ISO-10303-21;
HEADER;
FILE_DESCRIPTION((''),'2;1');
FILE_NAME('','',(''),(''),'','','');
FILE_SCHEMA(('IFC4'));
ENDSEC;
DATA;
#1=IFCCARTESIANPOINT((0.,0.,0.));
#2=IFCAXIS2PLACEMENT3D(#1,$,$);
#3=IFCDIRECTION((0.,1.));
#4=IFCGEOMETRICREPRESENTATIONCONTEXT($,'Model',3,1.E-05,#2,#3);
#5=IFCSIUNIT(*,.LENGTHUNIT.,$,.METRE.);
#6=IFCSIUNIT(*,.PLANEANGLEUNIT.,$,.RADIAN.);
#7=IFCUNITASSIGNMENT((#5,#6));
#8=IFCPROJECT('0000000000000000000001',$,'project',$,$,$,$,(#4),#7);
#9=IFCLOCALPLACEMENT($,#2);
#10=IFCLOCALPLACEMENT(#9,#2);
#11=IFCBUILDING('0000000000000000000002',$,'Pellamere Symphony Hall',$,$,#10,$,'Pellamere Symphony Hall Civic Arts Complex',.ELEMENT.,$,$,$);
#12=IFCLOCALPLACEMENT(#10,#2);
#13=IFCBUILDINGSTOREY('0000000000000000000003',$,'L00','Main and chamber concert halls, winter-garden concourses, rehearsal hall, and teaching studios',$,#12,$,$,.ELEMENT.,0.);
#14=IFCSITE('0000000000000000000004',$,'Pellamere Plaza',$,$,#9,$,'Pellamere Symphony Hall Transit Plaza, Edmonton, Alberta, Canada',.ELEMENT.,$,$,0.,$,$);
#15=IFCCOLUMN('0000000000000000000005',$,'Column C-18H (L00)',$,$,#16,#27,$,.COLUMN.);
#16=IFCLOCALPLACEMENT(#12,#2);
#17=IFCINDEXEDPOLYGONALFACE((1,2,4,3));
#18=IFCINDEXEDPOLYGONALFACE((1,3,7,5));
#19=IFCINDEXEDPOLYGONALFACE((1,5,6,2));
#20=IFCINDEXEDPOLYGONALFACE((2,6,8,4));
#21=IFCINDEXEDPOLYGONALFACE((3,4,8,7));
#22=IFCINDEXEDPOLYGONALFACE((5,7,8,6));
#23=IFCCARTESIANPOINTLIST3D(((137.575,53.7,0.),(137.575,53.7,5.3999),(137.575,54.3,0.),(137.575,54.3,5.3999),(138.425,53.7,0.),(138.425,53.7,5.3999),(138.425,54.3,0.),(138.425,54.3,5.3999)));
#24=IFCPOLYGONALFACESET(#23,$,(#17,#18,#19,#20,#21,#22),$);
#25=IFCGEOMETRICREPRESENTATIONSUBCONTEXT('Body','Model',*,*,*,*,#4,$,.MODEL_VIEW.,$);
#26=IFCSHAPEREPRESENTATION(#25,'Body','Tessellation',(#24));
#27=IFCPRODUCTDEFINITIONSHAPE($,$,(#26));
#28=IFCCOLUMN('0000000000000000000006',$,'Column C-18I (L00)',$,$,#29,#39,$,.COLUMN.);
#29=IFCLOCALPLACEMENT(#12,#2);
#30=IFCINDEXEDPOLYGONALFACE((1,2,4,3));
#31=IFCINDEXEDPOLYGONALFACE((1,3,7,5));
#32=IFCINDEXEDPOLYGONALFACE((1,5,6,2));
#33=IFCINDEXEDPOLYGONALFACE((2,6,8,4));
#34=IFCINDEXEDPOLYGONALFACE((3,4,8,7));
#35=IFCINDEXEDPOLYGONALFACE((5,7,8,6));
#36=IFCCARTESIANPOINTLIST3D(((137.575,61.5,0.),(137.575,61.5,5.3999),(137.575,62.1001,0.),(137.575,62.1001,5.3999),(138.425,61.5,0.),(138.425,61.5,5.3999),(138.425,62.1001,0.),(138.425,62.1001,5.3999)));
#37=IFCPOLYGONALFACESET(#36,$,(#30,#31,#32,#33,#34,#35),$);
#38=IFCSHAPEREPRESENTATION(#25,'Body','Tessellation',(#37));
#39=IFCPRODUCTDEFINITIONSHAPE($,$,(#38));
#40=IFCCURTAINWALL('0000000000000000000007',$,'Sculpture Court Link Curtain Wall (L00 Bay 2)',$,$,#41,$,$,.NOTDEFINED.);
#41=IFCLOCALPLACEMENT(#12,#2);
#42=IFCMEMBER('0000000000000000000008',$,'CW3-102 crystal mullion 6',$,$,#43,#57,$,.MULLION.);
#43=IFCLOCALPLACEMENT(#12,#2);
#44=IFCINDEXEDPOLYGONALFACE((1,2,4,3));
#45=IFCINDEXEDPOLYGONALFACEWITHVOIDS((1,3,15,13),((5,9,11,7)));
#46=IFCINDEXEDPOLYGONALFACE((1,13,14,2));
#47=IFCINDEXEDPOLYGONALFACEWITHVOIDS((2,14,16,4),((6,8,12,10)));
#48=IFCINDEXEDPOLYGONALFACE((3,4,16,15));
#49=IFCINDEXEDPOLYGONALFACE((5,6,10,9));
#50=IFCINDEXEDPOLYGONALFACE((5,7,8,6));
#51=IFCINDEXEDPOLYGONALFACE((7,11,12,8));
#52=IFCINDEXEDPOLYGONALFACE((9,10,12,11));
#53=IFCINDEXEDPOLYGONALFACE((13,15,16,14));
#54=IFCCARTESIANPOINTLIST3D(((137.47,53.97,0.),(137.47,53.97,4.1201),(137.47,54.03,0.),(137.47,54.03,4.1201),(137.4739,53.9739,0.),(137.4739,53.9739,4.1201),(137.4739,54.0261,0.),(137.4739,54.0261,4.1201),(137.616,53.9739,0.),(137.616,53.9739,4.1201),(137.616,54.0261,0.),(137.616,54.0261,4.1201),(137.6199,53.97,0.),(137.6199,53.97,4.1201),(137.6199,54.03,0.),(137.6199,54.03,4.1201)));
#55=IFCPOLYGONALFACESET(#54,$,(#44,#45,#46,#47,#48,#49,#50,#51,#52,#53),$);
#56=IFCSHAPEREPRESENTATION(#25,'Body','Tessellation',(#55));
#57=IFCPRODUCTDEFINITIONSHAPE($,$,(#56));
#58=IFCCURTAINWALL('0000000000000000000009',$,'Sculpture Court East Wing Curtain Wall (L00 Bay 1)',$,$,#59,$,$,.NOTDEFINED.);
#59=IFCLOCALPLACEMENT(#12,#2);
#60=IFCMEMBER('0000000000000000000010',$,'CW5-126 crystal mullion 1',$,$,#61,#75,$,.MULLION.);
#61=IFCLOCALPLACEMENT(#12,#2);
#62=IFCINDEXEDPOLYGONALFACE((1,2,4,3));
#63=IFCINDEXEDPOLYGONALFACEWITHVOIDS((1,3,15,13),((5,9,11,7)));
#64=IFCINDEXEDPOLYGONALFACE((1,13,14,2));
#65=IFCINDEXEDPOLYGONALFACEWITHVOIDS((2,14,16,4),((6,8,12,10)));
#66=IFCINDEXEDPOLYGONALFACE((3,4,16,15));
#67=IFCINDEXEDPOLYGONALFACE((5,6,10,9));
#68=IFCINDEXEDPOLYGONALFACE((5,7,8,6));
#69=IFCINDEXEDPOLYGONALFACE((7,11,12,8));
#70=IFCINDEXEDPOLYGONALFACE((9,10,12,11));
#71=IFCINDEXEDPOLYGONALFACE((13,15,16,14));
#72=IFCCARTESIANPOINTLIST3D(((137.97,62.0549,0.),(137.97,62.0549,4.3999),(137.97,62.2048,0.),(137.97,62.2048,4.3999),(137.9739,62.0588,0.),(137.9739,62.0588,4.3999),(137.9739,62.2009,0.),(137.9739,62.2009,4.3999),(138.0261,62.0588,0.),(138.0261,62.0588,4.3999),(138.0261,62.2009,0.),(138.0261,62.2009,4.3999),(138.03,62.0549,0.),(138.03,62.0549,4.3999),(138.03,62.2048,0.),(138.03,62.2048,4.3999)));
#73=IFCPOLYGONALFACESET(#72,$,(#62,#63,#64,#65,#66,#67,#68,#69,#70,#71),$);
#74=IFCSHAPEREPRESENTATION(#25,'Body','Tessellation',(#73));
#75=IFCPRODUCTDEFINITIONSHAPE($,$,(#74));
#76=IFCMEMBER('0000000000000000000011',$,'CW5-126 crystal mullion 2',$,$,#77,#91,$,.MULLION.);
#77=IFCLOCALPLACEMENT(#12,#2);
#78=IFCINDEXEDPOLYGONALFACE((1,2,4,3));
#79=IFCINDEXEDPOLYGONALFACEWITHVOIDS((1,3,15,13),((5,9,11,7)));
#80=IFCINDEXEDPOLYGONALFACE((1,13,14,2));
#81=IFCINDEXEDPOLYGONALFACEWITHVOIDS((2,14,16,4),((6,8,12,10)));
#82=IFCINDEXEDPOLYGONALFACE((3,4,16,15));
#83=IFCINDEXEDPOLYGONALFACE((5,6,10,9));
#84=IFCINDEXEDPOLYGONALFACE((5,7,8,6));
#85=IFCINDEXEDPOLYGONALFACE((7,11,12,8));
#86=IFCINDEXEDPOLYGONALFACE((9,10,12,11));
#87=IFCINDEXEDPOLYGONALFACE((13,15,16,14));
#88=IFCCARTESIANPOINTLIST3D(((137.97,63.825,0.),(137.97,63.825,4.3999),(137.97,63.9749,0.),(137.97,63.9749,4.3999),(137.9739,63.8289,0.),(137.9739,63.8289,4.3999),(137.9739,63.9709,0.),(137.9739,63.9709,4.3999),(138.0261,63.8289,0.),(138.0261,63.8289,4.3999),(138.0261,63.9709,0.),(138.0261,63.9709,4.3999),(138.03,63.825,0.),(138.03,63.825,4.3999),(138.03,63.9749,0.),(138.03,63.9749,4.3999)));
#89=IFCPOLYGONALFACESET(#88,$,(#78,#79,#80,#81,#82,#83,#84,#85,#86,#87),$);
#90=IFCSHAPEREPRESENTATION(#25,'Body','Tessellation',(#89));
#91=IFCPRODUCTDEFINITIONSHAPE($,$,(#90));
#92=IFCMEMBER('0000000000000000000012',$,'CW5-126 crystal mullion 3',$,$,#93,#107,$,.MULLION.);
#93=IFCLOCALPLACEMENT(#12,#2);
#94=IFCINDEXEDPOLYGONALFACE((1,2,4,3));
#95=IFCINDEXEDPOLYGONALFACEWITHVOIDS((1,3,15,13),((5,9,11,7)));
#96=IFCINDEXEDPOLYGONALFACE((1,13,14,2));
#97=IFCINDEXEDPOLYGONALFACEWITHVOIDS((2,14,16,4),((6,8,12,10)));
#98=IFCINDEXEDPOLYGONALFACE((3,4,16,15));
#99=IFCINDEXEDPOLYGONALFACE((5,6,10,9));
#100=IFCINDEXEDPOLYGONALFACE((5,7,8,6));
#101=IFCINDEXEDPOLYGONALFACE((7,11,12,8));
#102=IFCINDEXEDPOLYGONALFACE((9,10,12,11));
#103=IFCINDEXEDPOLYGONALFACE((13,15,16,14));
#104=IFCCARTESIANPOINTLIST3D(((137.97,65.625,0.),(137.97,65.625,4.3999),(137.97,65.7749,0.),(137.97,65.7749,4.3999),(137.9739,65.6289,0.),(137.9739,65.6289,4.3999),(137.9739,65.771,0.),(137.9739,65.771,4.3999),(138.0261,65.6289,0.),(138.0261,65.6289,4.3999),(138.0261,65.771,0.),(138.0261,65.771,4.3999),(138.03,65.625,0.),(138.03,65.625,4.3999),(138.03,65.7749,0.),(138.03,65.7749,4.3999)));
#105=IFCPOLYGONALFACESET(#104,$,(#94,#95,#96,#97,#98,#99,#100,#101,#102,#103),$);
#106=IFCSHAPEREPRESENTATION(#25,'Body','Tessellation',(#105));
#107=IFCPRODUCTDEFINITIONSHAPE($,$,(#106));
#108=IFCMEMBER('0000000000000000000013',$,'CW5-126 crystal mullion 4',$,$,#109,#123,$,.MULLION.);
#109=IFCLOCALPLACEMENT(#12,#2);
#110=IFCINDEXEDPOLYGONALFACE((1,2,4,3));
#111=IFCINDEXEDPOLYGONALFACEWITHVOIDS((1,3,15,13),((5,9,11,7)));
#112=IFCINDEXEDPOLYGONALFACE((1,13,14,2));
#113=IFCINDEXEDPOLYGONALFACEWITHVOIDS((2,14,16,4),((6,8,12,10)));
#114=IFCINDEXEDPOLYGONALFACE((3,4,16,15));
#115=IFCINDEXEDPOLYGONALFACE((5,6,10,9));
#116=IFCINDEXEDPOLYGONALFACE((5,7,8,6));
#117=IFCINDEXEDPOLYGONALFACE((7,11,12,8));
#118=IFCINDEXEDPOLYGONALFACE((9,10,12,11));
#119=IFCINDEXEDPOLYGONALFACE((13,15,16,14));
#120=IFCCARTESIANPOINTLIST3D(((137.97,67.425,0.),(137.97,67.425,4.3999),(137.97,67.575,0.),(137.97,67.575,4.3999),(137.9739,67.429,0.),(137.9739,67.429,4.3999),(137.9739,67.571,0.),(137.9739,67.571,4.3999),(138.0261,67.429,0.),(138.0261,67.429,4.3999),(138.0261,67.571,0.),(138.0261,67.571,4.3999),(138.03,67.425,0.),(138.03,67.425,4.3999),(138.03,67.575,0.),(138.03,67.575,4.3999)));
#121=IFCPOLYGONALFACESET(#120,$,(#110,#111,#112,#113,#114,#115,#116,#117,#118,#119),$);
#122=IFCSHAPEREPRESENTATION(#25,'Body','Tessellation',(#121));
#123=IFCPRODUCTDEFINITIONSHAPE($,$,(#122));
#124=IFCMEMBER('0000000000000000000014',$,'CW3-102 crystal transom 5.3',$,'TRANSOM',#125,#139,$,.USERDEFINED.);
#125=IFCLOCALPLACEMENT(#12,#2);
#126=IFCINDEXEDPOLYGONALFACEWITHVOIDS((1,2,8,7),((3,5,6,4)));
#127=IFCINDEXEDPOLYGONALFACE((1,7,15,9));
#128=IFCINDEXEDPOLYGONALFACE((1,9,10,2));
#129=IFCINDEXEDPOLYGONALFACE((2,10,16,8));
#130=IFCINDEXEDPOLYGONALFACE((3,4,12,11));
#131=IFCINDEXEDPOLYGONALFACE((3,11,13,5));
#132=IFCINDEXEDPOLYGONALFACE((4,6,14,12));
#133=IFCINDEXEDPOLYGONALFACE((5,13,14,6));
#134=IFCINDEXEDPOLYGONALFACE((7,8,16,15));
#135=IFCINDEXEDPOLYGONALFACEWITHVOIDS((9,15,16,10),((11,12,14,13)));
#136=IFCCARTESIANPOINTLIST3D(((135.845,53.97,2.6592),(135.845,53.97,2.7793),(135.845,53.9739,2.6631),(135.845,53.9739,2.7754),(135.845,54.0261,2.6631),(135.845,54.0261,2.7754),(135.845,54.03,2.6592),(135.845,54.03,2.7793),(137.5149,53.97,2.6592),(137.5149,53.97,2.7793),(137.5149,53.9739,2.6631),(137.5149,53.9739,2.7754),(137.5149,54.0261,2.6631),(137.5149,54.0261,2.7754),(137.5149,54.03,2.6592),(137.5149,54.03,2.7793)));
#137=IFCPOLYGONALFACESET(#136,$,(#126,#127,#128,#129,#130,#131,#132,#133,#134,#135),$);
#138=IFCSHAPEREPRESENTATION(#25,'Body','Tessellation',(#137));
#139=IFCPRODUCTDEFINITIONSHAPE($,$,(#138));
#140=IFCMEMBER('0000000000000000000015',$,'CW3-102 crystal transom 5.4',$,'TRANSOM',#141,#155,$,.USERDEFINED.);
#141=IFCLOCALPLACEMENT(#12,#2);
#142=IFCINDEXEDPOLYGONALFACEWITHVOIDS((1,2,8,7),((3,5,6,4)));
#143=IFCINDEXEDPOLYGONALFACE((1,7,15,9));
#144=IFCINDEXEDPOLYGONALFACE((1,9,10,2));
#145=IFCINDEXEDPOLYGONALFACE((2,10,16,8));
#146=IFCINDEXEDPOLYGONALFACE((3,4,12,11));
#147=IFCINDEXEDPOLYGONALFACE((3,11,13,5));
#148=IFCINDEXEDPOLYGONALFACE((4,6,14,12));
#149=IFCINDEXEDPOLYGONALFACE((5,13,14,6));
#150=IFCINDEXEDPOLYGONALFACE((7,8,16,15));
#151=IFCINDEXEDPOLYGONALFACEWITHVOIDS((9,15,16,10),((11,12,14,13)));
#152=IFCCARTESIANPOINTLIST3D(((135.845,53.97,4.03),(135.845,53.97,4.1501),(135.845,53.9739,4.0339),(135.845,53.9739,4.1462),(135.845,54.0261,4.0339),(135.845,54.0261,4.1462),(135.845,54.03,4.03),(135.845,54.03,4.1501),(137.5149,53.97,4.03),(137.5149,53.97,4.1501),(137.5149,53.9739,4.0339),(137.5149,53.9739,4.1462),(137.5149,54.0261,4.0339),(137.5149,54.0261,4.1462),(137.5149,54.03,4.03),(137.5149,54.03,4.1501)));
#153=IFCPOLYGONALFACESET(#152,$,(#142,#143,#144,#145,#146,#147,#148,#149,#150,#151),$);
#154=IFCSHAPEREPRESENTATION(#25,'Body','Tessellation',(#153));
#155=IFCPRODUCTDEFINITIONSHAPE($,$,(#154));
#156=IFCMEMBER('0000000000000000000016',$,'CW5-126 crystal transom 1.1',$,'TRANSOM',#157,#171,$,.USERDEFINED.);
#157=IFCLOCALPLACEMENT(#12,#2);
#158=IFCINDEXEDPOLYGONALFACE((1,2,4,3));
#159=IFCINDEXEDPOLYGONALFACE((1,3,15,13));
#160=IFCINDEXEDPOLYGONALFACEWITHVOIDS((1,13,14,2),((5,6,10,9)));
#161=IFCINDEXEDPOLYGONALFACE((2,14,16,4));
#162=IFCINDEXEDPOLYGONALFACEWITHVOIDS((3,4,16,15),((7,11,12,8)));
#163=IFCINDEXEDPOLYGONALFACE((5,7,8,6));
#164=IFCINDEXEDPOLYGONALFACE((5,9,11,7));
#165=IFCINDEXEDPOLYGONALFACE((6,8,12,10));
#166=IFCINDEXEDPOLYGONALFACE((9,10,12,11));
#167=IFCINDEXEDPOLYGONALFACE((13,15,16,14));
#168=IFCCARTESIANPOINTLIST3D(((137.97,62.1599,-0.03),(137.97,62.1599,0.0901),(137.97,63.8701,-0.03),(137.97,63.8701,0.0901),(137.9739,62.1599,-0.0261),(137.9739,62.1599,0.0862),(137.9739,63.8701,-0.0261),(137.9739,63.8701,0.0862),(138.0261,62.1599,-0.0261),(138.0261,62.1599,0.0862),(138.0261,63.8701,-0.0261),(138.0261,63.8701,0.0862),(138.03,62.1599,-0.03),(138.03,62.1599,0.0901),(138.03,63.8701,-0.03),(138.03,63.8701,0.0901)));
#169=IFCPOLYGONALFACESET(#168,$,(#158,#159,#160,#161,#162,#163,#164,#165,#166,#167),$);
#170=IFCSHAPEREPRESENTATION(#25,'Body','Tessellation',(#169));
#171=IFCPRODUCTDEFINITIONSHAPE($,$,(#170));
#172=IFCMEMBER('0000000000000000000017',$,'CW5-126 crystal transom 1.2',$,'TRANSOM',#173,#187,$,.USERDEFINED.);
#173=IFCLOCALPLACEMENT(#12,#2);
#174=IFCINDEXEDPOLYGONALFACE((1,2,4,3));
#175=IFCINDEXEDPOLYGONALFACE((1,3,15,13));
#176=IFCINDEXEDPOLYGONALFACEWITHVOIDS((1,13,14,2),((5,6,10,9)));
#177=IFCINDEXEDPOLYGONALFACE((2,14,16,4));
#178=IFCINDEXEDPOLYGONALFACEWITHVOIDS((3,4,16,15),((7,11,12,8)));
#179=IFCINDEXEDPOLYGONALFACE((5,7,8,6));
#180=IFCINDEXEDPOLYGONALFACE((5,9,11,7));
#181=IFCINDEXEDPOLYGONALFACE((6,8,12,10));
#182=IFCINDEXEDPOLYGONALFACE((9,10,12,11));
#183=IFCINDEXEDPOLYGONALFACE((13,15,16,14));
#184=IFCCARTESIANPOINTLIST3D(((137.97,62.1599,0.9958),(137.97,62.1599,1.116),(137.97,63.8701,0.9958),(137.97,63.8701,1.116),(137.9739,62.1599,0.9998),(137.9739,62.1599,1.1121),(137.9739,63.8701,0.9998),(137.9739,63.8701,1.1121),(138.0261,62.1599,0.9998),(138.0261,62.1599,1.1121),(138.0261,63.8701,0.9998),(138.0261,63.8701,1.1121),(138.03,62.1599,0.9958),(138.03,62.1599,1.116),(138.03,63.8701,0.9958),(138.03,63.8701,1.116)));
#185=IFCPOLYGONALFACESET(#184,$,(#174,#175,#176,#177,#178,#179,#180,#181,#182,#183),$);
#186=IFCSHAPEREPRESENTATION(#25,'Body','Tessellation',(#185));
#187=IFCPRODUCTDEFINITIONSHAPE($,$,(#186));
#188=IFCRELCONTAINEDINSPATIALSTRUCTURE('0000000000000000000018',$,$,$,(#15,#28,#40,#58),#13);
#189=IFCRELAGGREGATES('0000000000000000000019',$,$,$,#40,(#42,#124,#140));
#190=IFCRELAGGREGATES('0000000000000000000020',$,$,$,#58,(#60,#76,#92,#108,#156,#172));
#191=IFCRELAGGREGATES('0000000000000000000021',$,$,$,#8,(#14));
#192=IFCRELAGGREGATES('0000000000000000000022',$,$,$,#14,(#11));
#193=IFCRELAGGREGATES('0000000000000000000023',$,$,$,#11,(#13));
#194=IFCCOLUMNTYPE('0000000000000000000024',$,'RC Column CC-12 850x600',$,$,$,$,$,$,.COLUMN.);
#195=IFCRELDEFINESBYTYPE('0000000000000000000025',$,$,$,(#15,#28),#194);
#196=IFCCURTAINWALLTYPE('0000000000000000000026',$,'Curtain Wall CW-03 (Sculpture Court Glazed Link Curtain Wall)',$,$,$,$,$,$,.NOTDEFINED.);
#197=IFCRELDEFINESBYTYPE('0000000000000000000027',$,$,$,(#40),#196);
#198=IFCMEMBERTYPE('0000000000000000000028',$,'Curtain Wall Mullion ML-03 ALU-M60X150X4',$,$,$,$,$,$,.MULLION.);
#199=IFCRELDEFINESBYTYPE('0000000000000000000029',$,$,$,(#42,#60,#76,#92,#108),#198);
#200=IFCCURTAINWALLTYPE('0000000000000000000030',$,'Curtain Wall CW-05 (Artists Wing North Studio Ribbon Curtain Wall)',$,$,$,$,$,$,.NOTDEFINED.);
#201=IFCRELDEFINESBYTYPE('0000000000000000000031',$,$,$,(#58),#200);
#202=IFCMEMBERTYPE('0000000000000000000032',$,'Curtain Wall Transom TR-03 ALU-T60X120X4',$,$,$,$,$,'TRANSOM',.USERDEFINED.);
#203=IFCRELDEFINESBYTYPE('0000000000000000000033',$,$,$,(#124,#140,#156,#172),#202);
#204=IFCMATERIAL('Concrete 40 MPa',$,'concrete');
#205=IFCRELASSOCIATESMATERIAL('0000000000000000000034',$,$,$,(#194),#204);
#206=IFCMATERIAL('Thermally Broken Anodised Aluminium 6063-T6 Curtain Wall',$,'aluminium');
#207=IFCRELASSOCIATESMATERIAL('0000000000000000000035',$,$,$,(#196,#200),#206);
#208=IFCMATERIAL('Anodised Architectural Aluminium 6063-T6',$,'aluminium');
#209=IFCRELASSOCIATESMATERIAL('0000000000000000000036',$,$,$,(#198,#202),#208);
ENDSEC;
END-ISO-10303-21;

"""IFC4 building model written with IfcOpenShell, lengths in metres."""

from ifc_helpers import new_model, si_unit, direction, frame, origin, origin_2d, place, context, subcontext, project, spatial, rectangle, hollow_rectangle, extrude, material, material_profile, profile_set, type_object, element, aggregate, save


model = new_model("IFC4")

# Units and contexts
model_context = context("Model", 3, precision=1e-05, world=origin(), true_north=direction((0.0, 1.0)))
body_context = subcontext(model_context, "Body", "Model", "MODEL_VIEW")
ifc_project = project(units=[si_unit("LENGTHUNIT", "METRE"), si_unit("PLANEANGLEUNIT", "RADIAN")], contexts=[model_context])

# Site, building, storey
site_placement = place(None, origin())
site = spatial("IfcSite", under=ifc_project, at=site_placement, Name="Pellamere Plaza", LongName="Pellamere Symphony Hall Transit Plaza, Edmonton, Alberta, Canada", CompositionType="ELEMENT", RefElevation=0.0)
building_placement = place(site_placement, origin())
building = spatial("IfcBuilding", under=site, at=building_placement, Name="Pellamere Symphony Hall", LongName="Pellamere Symphony Hall Civic Arts Complex", CompositionType="ELEMENT")
storey_placement = place(building_placement, origin())
storey = spatial("IfcBuildingStorey", under=building, at=storey_placement, Name="L00", Description="Main and chamber concert halls, winter-garden concourses, rehearsal hall, and teaching studios", CompositionType="ELEMENT", Elevation=0.0)

# Columns
ifc_material_1 = material(Name="Concrete 40 MPa", Category="concrete")
ifc_material_profile_1 = material_profile(ifc_material_1, rectangle(XDim=0.8501, YDim=0.6001, at=origin_2d()), Name="RC 850x600")
ifc_profile_set_1 = profile_set([ifc_material_profile_1], Name="Concrete 40 MPa")
column_type = type_object("IfcColumnType", Name="RC Column CC-12 850x600", PredefinedType="COLUMN", material=ifc_profile_set_1)
for number, where, z_axis, x_axis, name in (
    (1, (138.0, 54.0, 0.0), (0.0, 0.0, 1.0), (1.0, 0.0, 0.0), "Column C-18H (L00)"),
    (2, (138.0, 61.8, 0.0), (0.0, 0.0, 1.0), (1.0, 0.0, 0.0), "Column C-18I (L00)"),
):
    element("IfcColumn", number, at=place(storey_placement, frame(where, z_axis=z_axis, x_axis=x_axis)), inside=storey, type_object=column_type, Name=name, PredefinedType="COLUMN", context=body_context, shape_type="SweptSolid", body=[
        extrude(rectangle(XDim=0.8501, YDim=0.6001, at=origin_2d()), origin(), (0.0, 0.0, 1.0), 5.3999),
    ])

# Curtain wall, member
ifc_material_2 = material(Name="Thermally Broken Anodised Aluminium 6063-T6 Curtain Wall", Category="aluminium")
curtain_wall_type_1 = type_object("IfcCurtainWallType", Name="Curtain Wall CW-03 (Sculpture Court Glazed Link Curtain Wall)", PredefinedType="NOTDEFINED", material=ifc_material_2)
curtain_wall_1_placement = place(storey_placement, origin())
curtain_wall_1 = element("IfcCurtainWall", 3, at=curtain_wall_1_placement, inside=storey, type_object=curtain_wall_type_1, Name="Sculpture Court Link Curtain Wall (L00 Bay 2)", PredefinedType="NOTDEFINED")
ifc_material_3 = material(Name="Anodised Architectural Aluminium 6063-T6", Category="aluminium")
ifc_material_profile_2 = material_profile(ifc_material_3, hollow_rectangle(XDim=0.0601, YDim=0.1499, WallThickness=0.0039, at=origin_2d()), Name="ALU-M60X150X4")
ifc_profile_set_2 = profile_set([ifc_material_profile_2], Name="Anodised Architectural Aluminium 6063-T6")
member_type_1 = type_object("IfcMemberType", Name="Curtain Wall Mullion ML-03 ALU-M60X150X4", PredefinedType="MULLION", material=ifc_profile_set_2)
member_1_placement = place(storey_placement, frame((137.5449, 54.0, 0.0), z_axis=(0.0, 0.0, 1.0), x_axis=(0.0, 1.0, 0.0)))
member_1 = element("IfcMember", 4, at=member_1_placement, type_object=member_type_1, Name="CW3-102 crystal mullion 6", PredefinedType="MULLION", context=body_context, shape_type="SweptSolid", body=[
    extrude(hollow_rectangle(XDim=0.0601, YDim=0.1499, WallThickness=0.0039, at=origin_2d()), origin(), (0.0, 0.0, 1.0), 4.1201),
])

# Curtain wall, members
curtain_wall_type_2 = type_object("IfcCurtainWallType", Name="Curtain Wall CW-05 (Artists Wing North Studio Ribbon Curtain Wall)", PredefinedType="NOTDEFINED", material=ifc_material_2)
curtain_wall_2_placement = place(storey_placement, origin())
curtain_wall_2 = element("IfcCurtainWall", 5, at=curtain_wall_2_placement, inside=storey, type_object=curtain_wall_type_2, Name="Sculpture Court East Wing Curtain Wall (L00 Bay 1)", PredefinedType="NOTDEFINED")
member_2_placement = place(storey_placement, frame((138.0, 62.1299, 0.0), z_axis=(0.0, 0.0, 1.0), x_axis=(-1.0, 0.0, 0.0)))
member_2 = element("IfcMember", 6, at=member_2_placement, type_object=member_type_1, Name="CW5-126 crystal mullion 1", PredefinedType="MULLION", context=body_context, shape_type="SweptSolid", body=[
    extrude(hollow_rectangle(XDim=0.0601, YDim=0.1499, WallThickness=0.0039, at=origin_2d()), origin(), (0.0, 0.0, 1.0), 4.3999),
])
member_3_placement = place(storey_placement, frame((138.0, 63.8999, 0.0), z_axis=(0.0, 0.0, 1.0), x_axis=(-1.0, 0.0, 0.0)))
member_3 = element("IfcMember", 7, at=member_3_placement, type_object=member_type_1, Name="CW5-126 crystal mullion 2", PredefinedType="MULLION", context=body_context, shape_type="SweptSolid", body=[
    extrude(hollow_rectangle(XDim=0.0601, YDim=0.1499, WallThickness=0.0039, at=origin_2d()), origin(), (0.0, 0.0, 1.0), 4.3999),
])
member_4_placement = place(storey_placement, frame((138.0, 65.7, 0.0), z_axis=(0.0, 0.0, 1.0), x_axis=(-1.0, 0.0, 0.0)))
member_4 = element("IfcMember", 8, at=member_4_placement, type_object=member_type_1, Name="CW5-126 crystal mullion 3", PredefinedType="MULLION", context=body_context, shape_type="SweptSolid", body=[
    extrude(hollow_rectangle(XDim=0.0601, YDim=0.1499, WallThickness=0.0039, at=origin_2d()), origin(), (0.0, 0.0, 1.0), 4.3999),
])
member_5_placement = place(storey_placement, frame((138.0, 67.5, 0.0), z_axis=(0.0, 0.0, 1.0), x_axis=(-1.0, 0.0, 0.0)))
member_5 = element("IfcMember", 9, at=member_5_placement, type_object=member_type_1, Name="CW5-126 crystal mullion 4", PredefinedType="MULLION", context=body_context, shape_type="SweptSolid", body=[
    extrude(hollow_rectangle(XDim=0.0601, YDim=0.1499, WallThickness=0.0039, at=origin_2d()), origin(), (0.0, 0.0, 1.0), 4.3999),
])

# Members
ifc_material_profile_3 = material_profile(ifc_material_3, hollow_rectangle(XDim=0.0601, YDim=0.1201, WallThickness=0.0039, at=origin_2d()), Name="ALU-T60X120X4")
ifc_profile_set_3 = profile_set([ifc_material_profile_3], Name="Anodised Architectural Aluminium 6063-T6")
member_type_2 = type_object("IfcMemberType", Name="Curtain Wall Transom TR-03 ALU-T60X120X4", ElementType="TRANSOM", PredefinedType="USERDEFINED", material=ifc_profile_set_3)
member_6_placement = place(storey_placement, frame((135.845, 54.0, 2.7192), z_axis=(1.0, 0.0, 0.0), x_axis=(0.0, 1.0, 0.0)))
member_6 = element("IfcMember", 10, at=member_6_placement, type_object=member_type_2, Name="CW3-102 crystal transom 5.3", ObjectType="TRANSOM", PredefinedType="USERDEFINED", context=body_context, shape_type="SweptSolid", body=[
    extrude(hollow_rectangle(XDim=0.0601, YDim=0.1201, WallThickness=0.0039, at=origin_2d()), origin(), (0.0, 0.0, 1.0), 1.6699),
])
member_7_placement = place(storey_placement, frame((135.845, 54.0, 4.0901), z_axis=(1.0, 0.0, 0.0), x_axis=(0.0, 1.0, 0.0)))
member_7 = element("IfcMember", 11, at=member_7_placement, type_object=member_type_2, Name="CW3-102 crystal transom 5.4", ObjectType="TRANSOM", PredefinedType="USERDEFINED", context=body_context, shape_type="SweptSolid", body=[
    extrude(hollow_rectangle(XDim=0.0601, YDim=0.1201, WallThickness=0.0039, at=origin_2d()), origin(), (0.0, 0.0, 1.0), 1.6699),
])
member_8_placement = place(storey_placement, frame((138.0, 62.1599, 0.03), z_axis=(0.0, 1.0, 0.0), x_axis=(-1.0, 0.0, 0.0)))
member_8 = element("IfcMember", 12, at=member_8_placement, type_object=member_type_2, Name="CW5-126 crystal transom 1.1", ObjectType="TRANSOM", PredefinedType="USERDEFINED", context=body_context, shape_type="SweptSolid", body=[
    extrude(hollow_rectangle(XDim=0.0601, YDim=0.1201, WallThickness=0.0039, at=origin_2d()), origin(), (0.0, 0.0, 1.0), 1.7102),
])
member_9_placement = place(storey_placement, frame((138.0, 62.1599, 1.0559), z_axis=(0.0, 1.0, 0.0), x_axis=(-1.0, 0.0, 0.0)))
member_9 = element("IfcMember", 13, at=member_9_placement, type_object=member_type_2, Name="CW5-126 crystal transom 1.2", ObjectType="TRANSOM", PredefinedType="USERDEFINED", context=body_context, shape_type="SweptSolid", body=[
    extrude(hollow_rectangle(XDim=0.0601, YDim=0.1201, WallThickness=0.0039, at=origin_2d()), origin(), (0.0, 0.0, 1.0), 1.7102),
])

aggregate(curtain_wall_1, [member_1, member_6, member_7])
aggregate(curtain_wall_2, [member_2, member_3, member_4, member_5, member_8, member_9])

save(model, "model.ifc")
